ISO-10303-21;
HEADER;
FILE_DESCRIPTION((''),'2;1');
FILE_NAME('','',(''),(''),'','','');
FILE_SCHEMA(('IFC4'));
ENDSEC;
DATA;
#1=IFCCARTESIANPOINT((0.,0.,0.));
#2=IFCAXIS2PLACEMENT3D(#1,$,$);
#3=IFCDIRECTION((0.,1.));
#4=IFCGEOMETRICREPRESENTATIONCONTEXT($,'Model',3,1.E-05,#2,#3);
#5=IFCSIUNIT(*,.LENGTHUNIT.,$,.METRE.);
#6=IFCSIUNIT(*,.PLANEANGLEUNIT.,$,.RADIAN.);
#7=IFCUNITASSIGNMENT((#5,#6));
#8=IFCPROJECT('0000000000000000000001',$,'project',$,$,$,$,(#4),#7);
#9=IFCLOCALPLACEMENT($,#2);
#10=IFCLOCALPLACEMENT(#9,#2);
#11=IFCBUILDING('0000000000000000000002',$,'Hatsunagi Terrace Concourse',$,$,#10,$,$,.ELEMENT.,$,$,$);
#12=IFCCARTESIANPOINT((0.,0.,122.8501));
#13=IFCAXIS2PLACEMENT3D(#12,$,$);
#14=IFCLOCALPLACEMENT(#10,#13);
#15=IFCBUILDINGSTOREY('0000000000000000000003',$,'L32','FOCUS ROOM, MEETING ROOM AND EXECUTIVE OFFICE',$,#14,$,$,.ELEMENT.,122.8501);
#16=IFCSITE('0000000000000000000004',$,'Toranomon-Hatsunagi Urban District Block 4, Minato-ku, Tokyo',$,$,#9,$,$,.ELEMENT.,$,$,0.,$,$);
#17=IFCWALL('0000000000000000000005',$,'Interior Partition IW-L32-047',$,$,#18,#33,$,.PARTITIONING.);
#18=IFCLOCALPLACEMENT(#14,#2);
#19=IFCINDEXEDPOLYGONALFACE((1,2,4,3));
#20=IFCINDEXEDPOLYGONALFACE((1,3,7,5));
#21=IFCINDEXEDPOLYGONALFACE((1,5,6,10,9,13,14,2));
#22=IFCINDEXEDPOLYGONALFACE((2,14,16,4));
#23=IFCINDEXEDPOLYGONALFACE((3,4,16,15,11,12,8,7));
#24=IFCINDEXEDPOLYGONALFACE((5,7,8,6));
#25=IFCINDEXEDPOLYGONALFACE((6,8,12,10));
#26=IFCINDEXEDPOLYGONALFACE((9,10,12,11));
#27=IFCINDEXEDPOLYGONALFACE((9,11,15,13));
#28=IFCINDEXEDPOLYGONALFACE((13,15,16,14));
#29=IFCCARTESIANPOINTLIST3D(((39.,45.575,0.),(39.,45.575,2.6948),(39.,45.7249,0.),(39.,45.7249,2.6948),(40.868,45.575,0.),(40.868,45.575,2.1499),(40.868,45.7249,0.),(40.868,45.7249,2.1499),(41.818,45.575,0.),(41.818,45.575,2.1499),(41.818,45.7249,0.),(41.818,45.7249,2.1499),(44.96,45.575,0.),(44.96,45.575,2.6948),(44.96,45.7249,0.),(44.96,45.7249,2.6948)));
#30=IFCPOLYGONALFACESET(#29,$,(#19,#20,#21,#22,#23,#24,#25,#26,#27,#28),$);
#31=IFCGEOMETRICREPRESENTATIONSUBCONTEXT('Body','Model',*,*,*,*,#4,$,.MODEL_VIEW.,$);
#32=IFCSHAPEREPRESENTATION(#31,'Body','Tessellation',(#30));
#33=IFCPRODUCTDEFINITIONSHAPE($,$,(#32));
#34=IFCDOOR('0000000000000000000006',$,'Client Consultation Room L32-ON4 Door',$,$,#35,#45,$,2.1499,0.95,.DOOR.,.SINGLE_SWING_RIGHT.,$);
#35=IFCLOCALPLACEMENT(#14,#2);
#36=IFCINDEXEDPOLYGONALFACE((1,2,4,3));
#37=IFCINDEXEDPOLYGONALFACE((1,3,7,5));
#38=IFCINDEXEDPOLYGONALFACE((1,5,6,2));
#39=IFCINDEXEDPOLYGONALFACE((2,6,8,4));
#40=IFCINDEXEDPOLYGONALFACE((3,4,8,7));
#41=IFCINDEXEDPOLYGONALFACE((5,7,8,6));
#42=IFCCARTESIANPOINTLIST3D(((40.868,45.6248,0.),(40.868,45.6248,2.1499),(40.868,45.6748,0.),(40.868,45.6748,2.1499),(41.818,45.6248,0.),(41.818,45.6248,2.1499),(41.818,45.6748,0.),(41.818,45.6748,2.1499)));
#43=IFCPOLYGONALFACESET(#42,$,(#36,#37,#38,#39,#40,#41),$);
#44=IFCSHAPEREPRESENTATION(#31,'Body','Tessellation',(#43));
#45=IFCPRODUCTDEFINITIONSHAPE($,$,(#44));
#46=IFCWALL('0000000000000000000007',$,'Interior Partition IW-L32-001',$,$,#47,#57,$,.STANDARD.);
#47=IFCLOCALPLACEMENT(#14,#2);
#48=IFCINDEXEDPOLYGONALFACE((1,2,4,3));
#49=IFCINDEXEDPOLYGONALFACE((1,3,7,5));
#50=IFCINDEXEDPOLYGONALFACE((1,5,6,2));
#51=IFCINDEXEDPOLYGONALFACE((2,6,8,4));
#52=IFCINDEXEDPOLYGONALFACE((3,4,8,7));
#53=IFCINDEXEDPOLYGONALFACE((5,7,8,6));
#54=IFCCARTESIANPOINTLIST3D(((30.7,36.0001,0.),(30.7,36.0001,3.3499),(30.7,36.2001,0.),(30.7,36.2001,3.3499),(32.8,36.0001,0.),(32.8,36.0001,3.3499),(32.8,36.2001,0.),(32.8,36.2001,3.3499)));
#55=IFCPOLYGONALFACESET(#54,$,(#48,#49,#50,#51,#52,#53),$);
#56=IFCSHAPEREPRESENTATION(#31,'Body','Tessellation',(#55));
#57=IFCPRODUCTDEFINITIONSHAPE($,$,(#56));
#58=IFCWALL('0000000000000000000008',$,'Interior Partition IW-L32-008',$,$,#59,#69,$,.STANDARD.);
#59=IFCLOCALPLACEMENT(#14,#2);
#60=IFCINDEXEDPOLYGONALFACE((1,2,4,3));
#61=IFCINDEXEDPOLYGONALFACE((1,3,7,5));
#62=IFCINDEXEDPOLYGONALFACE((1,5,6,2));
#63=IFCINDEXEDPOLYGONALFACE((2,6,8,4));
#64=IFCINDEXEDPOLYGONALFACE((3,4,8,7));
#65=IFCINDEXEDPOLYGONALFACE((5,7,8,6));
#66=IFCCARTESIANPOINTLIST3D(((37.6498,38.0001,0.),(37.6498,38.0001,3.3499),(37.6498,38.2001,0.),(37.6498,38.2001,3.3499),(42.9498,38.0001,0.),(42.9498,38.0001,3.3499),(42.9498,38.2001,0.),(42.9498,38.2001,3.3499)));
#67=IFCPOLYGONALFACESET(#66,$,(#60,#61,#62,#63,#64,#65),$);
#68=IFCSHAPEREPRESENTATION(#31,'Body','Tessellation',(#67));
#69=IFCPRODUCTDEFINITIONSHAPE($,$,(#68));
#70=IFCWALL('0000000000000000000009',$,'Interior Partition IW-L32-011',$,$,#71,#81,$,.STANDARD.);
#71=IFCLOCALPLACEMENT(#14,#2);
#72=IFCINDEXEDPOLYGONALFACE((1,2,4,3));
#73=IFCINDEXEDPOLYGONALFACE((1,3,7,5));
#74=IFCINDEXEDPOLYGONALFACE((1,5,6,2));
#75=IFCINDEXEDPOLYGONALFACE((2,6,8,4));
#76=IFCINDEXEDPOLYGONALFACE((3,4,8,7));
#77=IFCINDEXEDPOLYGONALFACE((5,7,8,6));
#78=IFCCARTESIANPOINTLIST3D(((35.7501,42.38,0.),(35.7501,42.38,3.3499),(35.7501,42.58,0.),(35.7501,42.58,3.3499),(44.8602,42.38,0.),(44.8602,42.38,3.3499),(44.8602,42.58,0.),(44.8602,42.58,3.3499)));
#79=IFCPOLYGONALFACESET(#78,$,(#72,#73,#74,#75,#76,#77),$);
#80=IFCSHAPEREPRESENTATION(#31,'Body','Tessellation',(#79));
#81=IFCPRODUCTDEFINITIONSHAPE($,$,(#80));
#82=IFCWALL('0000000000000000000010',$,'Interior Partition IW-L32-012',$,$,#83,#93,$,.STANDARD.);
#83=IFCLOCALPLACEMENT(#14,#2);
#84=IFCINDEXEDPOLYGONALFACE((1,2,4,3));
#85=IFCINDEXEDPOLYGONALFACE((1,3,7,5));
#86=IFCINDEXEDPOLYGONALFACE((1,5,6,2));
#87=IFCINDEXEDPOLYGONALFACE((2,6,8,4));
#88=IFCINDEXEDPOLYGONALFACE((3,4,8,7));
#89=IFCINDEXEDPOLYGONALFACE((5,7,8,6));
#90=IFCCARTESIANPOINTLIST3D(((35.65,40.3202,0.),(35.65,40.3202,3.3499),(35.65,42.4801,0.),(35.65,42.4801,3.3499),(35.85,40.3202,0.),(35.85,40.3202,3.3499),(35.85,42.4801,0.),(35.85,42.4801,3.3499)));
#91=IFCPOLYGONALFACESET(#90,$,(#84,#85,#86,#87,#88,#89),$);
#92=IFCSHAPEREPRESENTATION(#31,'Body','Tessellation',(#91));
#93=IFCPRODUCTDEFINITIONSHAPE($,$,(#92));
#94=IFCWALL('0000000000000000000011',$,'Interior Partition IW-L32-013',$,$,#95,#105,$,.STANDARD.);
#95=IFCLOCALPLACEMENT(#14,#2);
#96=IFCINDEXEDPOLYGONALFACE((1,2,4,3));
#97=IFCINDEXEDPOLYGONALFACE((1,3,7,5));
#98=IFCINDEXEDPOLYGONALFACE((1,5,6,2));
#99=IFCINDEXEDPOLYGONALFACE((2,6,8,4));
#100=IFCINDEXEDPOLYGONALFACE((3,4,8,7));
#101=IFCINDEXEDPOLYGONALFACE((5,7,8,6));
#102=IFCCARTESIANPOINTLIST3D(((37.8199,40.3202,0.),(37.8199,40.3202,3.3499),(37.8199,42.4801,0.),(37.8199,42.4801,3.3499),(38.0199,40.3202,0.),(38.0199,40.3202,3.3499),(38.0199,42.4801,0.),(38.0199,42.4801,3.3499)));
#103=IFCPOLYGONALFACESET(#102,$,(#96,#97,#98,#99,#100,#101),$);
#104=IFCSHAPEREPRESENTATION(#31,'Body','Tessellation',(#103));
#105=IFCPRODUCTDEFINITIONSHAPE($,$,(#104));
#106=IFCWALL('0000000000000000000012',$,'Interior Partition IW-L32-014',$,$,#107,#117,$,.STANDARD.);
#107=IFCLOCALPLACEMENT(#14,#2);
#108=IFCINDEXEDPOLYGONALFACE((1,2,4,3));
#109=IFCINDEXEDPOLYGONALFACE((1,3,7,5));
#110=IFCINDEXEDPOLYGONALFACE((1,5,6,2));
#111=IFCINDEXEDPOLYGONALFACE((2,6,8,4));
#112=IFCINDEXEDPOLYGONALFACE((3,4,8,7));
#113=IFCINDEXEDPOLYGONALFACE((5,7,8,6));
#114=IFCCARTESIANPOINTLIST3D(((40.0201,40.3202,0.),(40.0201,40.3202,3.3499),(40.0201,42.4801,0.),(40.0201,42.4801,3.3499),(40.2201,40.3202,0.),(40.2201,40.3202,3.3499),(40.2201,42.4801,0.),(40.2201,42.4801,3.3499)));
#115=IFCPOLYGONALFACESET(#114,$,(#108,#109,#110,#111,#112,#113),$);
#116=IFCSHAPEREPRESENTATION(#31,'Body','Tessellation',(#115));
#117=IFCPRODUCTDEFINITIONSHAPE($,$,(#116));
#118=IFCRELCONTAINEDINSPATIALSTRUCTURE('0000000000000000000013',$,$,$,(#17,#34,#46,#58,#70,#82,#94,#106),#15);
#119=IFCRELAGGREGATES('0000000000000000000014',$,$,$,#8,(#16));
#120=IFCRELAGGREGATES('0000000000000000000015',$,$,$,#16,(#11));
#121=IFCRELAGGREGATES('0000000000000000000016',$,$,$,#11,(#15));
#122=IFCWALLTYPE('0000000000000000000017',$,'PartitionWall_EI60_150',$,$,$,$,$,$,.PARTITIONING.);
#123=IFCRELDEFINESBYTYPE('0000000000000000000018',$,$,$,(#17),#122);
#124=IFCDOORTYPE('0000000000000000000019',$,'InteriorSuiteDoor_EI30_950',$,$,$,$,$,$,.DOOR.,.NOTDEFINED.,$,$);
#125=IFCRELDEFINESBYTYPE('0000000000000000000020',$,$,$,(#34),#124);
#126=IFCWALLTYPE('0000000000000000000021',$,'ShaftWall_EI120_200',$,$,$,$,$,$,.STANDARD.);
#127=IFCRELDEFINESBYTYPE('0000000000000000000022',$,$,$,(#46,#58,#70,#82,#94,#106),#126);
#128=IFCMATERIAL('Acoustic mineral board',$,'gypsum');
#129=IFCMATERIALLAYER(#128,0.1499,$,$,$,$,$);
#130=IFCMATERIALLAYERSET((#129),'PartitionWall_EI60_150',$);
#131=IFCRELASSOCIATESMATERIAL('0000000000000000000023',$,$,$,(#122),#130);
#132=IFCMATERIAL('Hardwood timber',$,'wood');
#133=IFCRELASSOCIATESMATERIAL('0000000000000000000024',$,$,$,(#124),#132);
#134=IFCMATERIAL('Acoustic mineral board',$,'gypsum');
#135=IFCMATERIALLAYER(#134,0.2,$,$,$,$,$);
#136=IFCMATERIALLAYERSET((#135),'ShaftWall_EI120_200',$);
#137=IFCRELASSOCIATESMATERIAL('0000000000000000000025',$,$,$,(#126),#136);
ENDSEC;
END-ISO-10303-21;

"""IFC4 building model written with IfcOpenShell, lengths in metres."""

from ifc_helpers import new_model, si_unit, direction, frame, frame_2d, origin, place, context, subcontext, project, spatial, rectangle, extrude, material, layer, layer_set, type_object, element, fill, save


model = new_model("IFC4")

# Units and contexts
model_context = context("Model", 3, precision=1e-05, world=origin(), true_north=direction((0.0, 1.0)))
body_context = subcontext(model_context, "Body", "Model", "MODEL_VIEW")
ifc_project = project(units=[si_unit("LENGTHUNIT", "METRE"), si_unit("PLANEANGLEUNIT", "RADIAN")], contexts=[model_context])

# Site, building, storey
site_placement = place(None, origin())
site = spatial("IfcSite", under=ifc_project, at=site_placement, Name="Toranomon-Hatsunagi Urban District Block 4, Minato-ku, Tokyo", CompositionType="ELEMENT", RefElevation=0.0)
building_placement = place(site_placement, origin())
building = spatial("IfcBuilding", under=site, at=building_placement, Name="Hatsunagi Terrace Concourse", CompositionType="ELEMENT")
storey_placement = place(building_placement, frame((0.0, 0.0, 122.8501)))
storey = spatial("IfcBuildingStorey", under=building, at=storey_placement, Name="L32", Description="FOCUS ROOM, MEETING ROOM AND EXECUTIVE OFFICE", CompositionType="ELEMENT", Elevation=122.8501)

# Shared definitions
ifc_material_1 = material(Name="Acoustic mineral board", Category="gypsum")
ifc_layer_1 = layer(ifc_material_1, 0.1499)
ifc_layer_set_1 = layer_set([ifc_layer_1], Name="PartitionWall_EI60_150")
wall_type_1 = type_object("IfcWallType", Name="PartitionWall_EI60_150", PredefinedType="PARTITIONING", material=ifc_layer_set_1)

# Shared definitions
ifc_material_2 = material(Name="Hardwood timber", Category="wood")
door_type_1 = type_object("IfcDoorType", Name="InteriorSuiteDoor_EI30_950", OperationType="NOTDEFINED", PredefinedType="DOOR", material=ifc_material_2)

# Wall, opening, door
wall_1_placement = place(storey_placement, frame((39.0, 45.6499, 0.0), z_axis=(0.0, 0.0, 1.0), x_axis=(1.0, 0.0, 0.0)))
wall_1 = element("IfcWall", 1, at=wall_1_placement, inside=storey, type_object=wall_type_1, Name="Interior Partition IW-L32-047", PredefinedType="PARTITIONING", context=body_context, shape_type="SweptSolid", body=[
    extrude(rectangle(XDim=5.96, YDim=0.1499, at=frame_2d((2.98, 0.0))), origin(), (0.0, 0.0, 1.0), 2.6948),
])
opening_1_placement = place(wall_1_placement, frame((1.8679, 0.0, 0.0)))
opening_1 = element("IfcOpeningElement", 2, at=opening_1_placement, cuts=wall_1, PredefinedType="OPENING", context=body_context, shape_type="SweptSolid", body=[
    extrude(rectangle(XDim=0.95, YDim=2.1499, at=frame_2d((0.4751, 1.075))), frame((0.0, 0.085, 0.0), z_axis=(0.0, -1.0, 0.0), x_axis=(1.0, 0.0, 0.0)), (0.0, 0.0, 1.0), 0.1699),
])
door_1_placement = place(opening_1_placement, origin())
door_1 = element("IfcDoor", 3, at=door_1_placement, inside=storey, type_object=door_type_1, Name="Client Consultation Room L32-ON4 Door", OperationType="SINGLE_SWING_RIGHT", OverallHeight=2.1499, OverallWidth=0.95, PredefinedType="DOOR", context=body_context, shape_type="SweptSolid", body=[
    extrude(rectangle(XDim=0.95, YDim=2.1499, at=frame_2d((0.4751, 1.075))), frame((0.0, 0.0249, 0.0), z_axis=(0.0, -1.0, 0.0), x_axis=(1.0, 0.0, 0.0)), (0.0, 0.0, 1.0), 0.05),
])
fill(opening_1, door_1)

# Walls
ifc_material_3 = material(Name="Acoustic mineral board", Category="gypsum")
ifc_layer_2 = layer(ifc_material_3, 0.2)
ifc_layer_set_2 = layer_set([ifc_layer_2], Name="ShaftWall_EI120_200")
wall_type_2 = type_object("IfcWallType", Name="ShaftWall_EI120_200", PredefinedType="STANDARD", material=ifc_layer_set_2)
wall_2_placement = place(storey_placement, frame((30.7, 36.1001, 0.0), z_axis=(0.0, 0.0, 1.0), x_axis=(1.0, 0.0, 0.0)))
element("IfcWall", 4, at=wall_2_placement, inside=storey, type_object=wall_type_2, Name="Interior Partition IW-L32-001", PredefinedType="STANDARD", context=body_context, shape_type="SweptSolid", body=[
    extrude(rectangle(XDim=2.1001, YDim=0.2, at=frame_2d((1.05, 0.0))), origin(), (0.0, 0.0, 1.0), 3.3499),
])
wall_3_placement = place(storey_placement, frame((37.6499, 38.1001, 0.0), z_axis=(0.0, 0.0, 1.0), x_axis=(1.0, 0.0, 0.0)))
element("IfcWall", 5, at=wall_3_placement, inside=storey, type_object=wall_type_2, Name="Interior Partition IW-L32-008", PredefinedType="STANDARD", context=body_context, shape_type="SweptSolid", body=[
    extrude(rectangle(XDim=5.3, YDim=0.2, at=frame_2d((2.6499, 0.0))), origin(), (0.0, 0.0, 1.0), 3.3499),
])
wall_4_placement = place(storey_placement, frame((35.75, 42.48, 0.0), z_axis=(0.0, 0.0, 1.0), x_axis=(1.0, 0.0, 0.0)))
element("IfcWall", 6, at=wall_4_placement, inside=storey, type_object=wall_type_2, Name="Interior Partition IW-L32-011", PredefinedType="STANDARD", context=body_context, shape_type="SweptSolid", body=[
    extrude(rectangle(XDim=9.1101, YDim=0.2, at=frame_2d((4.5552, 0.0))), origin(), (0.0, 0.0, 1.0), 3.3499),
])
for number, where, z_axis, x_axis, name in (
    (7, (35.75, 40.3201, 0.0), (0.0, 0.0, 1.0), (0.0, 1.0, 0.0), "Interior Partition IW-L32-012"),
    (8, (37.9199, 40.3201, 0.0), (0.0, 0.0, 1.0), (0.0, 1.0, 0.0), "Interior Partition IW-L32-013"),
    (9, (40.1201, 40.3201, 0.0), (0.0, 0.0, 1.0), (0.0, 1.0, 0.0), "Interior Partition IW-L32-014"),
):
    element("IfcWall", number, at=place(storey_placement, frame(where, z_axis=z_axis, x_axis=x_axis)), inside=storey, type_object=wall_type_2, Name=name, PredefinedType="STANDARD", context=body_context, shape_type="SweptSolid", body=[
        extrude(rectangle(XDim=2.1599, YDim=0.2, at=frame_2d((1.0801, 0.0))), origin(), (0.0, 0.0, 1.0), 3.3499),
    ])

save(model, "model.ifc")
